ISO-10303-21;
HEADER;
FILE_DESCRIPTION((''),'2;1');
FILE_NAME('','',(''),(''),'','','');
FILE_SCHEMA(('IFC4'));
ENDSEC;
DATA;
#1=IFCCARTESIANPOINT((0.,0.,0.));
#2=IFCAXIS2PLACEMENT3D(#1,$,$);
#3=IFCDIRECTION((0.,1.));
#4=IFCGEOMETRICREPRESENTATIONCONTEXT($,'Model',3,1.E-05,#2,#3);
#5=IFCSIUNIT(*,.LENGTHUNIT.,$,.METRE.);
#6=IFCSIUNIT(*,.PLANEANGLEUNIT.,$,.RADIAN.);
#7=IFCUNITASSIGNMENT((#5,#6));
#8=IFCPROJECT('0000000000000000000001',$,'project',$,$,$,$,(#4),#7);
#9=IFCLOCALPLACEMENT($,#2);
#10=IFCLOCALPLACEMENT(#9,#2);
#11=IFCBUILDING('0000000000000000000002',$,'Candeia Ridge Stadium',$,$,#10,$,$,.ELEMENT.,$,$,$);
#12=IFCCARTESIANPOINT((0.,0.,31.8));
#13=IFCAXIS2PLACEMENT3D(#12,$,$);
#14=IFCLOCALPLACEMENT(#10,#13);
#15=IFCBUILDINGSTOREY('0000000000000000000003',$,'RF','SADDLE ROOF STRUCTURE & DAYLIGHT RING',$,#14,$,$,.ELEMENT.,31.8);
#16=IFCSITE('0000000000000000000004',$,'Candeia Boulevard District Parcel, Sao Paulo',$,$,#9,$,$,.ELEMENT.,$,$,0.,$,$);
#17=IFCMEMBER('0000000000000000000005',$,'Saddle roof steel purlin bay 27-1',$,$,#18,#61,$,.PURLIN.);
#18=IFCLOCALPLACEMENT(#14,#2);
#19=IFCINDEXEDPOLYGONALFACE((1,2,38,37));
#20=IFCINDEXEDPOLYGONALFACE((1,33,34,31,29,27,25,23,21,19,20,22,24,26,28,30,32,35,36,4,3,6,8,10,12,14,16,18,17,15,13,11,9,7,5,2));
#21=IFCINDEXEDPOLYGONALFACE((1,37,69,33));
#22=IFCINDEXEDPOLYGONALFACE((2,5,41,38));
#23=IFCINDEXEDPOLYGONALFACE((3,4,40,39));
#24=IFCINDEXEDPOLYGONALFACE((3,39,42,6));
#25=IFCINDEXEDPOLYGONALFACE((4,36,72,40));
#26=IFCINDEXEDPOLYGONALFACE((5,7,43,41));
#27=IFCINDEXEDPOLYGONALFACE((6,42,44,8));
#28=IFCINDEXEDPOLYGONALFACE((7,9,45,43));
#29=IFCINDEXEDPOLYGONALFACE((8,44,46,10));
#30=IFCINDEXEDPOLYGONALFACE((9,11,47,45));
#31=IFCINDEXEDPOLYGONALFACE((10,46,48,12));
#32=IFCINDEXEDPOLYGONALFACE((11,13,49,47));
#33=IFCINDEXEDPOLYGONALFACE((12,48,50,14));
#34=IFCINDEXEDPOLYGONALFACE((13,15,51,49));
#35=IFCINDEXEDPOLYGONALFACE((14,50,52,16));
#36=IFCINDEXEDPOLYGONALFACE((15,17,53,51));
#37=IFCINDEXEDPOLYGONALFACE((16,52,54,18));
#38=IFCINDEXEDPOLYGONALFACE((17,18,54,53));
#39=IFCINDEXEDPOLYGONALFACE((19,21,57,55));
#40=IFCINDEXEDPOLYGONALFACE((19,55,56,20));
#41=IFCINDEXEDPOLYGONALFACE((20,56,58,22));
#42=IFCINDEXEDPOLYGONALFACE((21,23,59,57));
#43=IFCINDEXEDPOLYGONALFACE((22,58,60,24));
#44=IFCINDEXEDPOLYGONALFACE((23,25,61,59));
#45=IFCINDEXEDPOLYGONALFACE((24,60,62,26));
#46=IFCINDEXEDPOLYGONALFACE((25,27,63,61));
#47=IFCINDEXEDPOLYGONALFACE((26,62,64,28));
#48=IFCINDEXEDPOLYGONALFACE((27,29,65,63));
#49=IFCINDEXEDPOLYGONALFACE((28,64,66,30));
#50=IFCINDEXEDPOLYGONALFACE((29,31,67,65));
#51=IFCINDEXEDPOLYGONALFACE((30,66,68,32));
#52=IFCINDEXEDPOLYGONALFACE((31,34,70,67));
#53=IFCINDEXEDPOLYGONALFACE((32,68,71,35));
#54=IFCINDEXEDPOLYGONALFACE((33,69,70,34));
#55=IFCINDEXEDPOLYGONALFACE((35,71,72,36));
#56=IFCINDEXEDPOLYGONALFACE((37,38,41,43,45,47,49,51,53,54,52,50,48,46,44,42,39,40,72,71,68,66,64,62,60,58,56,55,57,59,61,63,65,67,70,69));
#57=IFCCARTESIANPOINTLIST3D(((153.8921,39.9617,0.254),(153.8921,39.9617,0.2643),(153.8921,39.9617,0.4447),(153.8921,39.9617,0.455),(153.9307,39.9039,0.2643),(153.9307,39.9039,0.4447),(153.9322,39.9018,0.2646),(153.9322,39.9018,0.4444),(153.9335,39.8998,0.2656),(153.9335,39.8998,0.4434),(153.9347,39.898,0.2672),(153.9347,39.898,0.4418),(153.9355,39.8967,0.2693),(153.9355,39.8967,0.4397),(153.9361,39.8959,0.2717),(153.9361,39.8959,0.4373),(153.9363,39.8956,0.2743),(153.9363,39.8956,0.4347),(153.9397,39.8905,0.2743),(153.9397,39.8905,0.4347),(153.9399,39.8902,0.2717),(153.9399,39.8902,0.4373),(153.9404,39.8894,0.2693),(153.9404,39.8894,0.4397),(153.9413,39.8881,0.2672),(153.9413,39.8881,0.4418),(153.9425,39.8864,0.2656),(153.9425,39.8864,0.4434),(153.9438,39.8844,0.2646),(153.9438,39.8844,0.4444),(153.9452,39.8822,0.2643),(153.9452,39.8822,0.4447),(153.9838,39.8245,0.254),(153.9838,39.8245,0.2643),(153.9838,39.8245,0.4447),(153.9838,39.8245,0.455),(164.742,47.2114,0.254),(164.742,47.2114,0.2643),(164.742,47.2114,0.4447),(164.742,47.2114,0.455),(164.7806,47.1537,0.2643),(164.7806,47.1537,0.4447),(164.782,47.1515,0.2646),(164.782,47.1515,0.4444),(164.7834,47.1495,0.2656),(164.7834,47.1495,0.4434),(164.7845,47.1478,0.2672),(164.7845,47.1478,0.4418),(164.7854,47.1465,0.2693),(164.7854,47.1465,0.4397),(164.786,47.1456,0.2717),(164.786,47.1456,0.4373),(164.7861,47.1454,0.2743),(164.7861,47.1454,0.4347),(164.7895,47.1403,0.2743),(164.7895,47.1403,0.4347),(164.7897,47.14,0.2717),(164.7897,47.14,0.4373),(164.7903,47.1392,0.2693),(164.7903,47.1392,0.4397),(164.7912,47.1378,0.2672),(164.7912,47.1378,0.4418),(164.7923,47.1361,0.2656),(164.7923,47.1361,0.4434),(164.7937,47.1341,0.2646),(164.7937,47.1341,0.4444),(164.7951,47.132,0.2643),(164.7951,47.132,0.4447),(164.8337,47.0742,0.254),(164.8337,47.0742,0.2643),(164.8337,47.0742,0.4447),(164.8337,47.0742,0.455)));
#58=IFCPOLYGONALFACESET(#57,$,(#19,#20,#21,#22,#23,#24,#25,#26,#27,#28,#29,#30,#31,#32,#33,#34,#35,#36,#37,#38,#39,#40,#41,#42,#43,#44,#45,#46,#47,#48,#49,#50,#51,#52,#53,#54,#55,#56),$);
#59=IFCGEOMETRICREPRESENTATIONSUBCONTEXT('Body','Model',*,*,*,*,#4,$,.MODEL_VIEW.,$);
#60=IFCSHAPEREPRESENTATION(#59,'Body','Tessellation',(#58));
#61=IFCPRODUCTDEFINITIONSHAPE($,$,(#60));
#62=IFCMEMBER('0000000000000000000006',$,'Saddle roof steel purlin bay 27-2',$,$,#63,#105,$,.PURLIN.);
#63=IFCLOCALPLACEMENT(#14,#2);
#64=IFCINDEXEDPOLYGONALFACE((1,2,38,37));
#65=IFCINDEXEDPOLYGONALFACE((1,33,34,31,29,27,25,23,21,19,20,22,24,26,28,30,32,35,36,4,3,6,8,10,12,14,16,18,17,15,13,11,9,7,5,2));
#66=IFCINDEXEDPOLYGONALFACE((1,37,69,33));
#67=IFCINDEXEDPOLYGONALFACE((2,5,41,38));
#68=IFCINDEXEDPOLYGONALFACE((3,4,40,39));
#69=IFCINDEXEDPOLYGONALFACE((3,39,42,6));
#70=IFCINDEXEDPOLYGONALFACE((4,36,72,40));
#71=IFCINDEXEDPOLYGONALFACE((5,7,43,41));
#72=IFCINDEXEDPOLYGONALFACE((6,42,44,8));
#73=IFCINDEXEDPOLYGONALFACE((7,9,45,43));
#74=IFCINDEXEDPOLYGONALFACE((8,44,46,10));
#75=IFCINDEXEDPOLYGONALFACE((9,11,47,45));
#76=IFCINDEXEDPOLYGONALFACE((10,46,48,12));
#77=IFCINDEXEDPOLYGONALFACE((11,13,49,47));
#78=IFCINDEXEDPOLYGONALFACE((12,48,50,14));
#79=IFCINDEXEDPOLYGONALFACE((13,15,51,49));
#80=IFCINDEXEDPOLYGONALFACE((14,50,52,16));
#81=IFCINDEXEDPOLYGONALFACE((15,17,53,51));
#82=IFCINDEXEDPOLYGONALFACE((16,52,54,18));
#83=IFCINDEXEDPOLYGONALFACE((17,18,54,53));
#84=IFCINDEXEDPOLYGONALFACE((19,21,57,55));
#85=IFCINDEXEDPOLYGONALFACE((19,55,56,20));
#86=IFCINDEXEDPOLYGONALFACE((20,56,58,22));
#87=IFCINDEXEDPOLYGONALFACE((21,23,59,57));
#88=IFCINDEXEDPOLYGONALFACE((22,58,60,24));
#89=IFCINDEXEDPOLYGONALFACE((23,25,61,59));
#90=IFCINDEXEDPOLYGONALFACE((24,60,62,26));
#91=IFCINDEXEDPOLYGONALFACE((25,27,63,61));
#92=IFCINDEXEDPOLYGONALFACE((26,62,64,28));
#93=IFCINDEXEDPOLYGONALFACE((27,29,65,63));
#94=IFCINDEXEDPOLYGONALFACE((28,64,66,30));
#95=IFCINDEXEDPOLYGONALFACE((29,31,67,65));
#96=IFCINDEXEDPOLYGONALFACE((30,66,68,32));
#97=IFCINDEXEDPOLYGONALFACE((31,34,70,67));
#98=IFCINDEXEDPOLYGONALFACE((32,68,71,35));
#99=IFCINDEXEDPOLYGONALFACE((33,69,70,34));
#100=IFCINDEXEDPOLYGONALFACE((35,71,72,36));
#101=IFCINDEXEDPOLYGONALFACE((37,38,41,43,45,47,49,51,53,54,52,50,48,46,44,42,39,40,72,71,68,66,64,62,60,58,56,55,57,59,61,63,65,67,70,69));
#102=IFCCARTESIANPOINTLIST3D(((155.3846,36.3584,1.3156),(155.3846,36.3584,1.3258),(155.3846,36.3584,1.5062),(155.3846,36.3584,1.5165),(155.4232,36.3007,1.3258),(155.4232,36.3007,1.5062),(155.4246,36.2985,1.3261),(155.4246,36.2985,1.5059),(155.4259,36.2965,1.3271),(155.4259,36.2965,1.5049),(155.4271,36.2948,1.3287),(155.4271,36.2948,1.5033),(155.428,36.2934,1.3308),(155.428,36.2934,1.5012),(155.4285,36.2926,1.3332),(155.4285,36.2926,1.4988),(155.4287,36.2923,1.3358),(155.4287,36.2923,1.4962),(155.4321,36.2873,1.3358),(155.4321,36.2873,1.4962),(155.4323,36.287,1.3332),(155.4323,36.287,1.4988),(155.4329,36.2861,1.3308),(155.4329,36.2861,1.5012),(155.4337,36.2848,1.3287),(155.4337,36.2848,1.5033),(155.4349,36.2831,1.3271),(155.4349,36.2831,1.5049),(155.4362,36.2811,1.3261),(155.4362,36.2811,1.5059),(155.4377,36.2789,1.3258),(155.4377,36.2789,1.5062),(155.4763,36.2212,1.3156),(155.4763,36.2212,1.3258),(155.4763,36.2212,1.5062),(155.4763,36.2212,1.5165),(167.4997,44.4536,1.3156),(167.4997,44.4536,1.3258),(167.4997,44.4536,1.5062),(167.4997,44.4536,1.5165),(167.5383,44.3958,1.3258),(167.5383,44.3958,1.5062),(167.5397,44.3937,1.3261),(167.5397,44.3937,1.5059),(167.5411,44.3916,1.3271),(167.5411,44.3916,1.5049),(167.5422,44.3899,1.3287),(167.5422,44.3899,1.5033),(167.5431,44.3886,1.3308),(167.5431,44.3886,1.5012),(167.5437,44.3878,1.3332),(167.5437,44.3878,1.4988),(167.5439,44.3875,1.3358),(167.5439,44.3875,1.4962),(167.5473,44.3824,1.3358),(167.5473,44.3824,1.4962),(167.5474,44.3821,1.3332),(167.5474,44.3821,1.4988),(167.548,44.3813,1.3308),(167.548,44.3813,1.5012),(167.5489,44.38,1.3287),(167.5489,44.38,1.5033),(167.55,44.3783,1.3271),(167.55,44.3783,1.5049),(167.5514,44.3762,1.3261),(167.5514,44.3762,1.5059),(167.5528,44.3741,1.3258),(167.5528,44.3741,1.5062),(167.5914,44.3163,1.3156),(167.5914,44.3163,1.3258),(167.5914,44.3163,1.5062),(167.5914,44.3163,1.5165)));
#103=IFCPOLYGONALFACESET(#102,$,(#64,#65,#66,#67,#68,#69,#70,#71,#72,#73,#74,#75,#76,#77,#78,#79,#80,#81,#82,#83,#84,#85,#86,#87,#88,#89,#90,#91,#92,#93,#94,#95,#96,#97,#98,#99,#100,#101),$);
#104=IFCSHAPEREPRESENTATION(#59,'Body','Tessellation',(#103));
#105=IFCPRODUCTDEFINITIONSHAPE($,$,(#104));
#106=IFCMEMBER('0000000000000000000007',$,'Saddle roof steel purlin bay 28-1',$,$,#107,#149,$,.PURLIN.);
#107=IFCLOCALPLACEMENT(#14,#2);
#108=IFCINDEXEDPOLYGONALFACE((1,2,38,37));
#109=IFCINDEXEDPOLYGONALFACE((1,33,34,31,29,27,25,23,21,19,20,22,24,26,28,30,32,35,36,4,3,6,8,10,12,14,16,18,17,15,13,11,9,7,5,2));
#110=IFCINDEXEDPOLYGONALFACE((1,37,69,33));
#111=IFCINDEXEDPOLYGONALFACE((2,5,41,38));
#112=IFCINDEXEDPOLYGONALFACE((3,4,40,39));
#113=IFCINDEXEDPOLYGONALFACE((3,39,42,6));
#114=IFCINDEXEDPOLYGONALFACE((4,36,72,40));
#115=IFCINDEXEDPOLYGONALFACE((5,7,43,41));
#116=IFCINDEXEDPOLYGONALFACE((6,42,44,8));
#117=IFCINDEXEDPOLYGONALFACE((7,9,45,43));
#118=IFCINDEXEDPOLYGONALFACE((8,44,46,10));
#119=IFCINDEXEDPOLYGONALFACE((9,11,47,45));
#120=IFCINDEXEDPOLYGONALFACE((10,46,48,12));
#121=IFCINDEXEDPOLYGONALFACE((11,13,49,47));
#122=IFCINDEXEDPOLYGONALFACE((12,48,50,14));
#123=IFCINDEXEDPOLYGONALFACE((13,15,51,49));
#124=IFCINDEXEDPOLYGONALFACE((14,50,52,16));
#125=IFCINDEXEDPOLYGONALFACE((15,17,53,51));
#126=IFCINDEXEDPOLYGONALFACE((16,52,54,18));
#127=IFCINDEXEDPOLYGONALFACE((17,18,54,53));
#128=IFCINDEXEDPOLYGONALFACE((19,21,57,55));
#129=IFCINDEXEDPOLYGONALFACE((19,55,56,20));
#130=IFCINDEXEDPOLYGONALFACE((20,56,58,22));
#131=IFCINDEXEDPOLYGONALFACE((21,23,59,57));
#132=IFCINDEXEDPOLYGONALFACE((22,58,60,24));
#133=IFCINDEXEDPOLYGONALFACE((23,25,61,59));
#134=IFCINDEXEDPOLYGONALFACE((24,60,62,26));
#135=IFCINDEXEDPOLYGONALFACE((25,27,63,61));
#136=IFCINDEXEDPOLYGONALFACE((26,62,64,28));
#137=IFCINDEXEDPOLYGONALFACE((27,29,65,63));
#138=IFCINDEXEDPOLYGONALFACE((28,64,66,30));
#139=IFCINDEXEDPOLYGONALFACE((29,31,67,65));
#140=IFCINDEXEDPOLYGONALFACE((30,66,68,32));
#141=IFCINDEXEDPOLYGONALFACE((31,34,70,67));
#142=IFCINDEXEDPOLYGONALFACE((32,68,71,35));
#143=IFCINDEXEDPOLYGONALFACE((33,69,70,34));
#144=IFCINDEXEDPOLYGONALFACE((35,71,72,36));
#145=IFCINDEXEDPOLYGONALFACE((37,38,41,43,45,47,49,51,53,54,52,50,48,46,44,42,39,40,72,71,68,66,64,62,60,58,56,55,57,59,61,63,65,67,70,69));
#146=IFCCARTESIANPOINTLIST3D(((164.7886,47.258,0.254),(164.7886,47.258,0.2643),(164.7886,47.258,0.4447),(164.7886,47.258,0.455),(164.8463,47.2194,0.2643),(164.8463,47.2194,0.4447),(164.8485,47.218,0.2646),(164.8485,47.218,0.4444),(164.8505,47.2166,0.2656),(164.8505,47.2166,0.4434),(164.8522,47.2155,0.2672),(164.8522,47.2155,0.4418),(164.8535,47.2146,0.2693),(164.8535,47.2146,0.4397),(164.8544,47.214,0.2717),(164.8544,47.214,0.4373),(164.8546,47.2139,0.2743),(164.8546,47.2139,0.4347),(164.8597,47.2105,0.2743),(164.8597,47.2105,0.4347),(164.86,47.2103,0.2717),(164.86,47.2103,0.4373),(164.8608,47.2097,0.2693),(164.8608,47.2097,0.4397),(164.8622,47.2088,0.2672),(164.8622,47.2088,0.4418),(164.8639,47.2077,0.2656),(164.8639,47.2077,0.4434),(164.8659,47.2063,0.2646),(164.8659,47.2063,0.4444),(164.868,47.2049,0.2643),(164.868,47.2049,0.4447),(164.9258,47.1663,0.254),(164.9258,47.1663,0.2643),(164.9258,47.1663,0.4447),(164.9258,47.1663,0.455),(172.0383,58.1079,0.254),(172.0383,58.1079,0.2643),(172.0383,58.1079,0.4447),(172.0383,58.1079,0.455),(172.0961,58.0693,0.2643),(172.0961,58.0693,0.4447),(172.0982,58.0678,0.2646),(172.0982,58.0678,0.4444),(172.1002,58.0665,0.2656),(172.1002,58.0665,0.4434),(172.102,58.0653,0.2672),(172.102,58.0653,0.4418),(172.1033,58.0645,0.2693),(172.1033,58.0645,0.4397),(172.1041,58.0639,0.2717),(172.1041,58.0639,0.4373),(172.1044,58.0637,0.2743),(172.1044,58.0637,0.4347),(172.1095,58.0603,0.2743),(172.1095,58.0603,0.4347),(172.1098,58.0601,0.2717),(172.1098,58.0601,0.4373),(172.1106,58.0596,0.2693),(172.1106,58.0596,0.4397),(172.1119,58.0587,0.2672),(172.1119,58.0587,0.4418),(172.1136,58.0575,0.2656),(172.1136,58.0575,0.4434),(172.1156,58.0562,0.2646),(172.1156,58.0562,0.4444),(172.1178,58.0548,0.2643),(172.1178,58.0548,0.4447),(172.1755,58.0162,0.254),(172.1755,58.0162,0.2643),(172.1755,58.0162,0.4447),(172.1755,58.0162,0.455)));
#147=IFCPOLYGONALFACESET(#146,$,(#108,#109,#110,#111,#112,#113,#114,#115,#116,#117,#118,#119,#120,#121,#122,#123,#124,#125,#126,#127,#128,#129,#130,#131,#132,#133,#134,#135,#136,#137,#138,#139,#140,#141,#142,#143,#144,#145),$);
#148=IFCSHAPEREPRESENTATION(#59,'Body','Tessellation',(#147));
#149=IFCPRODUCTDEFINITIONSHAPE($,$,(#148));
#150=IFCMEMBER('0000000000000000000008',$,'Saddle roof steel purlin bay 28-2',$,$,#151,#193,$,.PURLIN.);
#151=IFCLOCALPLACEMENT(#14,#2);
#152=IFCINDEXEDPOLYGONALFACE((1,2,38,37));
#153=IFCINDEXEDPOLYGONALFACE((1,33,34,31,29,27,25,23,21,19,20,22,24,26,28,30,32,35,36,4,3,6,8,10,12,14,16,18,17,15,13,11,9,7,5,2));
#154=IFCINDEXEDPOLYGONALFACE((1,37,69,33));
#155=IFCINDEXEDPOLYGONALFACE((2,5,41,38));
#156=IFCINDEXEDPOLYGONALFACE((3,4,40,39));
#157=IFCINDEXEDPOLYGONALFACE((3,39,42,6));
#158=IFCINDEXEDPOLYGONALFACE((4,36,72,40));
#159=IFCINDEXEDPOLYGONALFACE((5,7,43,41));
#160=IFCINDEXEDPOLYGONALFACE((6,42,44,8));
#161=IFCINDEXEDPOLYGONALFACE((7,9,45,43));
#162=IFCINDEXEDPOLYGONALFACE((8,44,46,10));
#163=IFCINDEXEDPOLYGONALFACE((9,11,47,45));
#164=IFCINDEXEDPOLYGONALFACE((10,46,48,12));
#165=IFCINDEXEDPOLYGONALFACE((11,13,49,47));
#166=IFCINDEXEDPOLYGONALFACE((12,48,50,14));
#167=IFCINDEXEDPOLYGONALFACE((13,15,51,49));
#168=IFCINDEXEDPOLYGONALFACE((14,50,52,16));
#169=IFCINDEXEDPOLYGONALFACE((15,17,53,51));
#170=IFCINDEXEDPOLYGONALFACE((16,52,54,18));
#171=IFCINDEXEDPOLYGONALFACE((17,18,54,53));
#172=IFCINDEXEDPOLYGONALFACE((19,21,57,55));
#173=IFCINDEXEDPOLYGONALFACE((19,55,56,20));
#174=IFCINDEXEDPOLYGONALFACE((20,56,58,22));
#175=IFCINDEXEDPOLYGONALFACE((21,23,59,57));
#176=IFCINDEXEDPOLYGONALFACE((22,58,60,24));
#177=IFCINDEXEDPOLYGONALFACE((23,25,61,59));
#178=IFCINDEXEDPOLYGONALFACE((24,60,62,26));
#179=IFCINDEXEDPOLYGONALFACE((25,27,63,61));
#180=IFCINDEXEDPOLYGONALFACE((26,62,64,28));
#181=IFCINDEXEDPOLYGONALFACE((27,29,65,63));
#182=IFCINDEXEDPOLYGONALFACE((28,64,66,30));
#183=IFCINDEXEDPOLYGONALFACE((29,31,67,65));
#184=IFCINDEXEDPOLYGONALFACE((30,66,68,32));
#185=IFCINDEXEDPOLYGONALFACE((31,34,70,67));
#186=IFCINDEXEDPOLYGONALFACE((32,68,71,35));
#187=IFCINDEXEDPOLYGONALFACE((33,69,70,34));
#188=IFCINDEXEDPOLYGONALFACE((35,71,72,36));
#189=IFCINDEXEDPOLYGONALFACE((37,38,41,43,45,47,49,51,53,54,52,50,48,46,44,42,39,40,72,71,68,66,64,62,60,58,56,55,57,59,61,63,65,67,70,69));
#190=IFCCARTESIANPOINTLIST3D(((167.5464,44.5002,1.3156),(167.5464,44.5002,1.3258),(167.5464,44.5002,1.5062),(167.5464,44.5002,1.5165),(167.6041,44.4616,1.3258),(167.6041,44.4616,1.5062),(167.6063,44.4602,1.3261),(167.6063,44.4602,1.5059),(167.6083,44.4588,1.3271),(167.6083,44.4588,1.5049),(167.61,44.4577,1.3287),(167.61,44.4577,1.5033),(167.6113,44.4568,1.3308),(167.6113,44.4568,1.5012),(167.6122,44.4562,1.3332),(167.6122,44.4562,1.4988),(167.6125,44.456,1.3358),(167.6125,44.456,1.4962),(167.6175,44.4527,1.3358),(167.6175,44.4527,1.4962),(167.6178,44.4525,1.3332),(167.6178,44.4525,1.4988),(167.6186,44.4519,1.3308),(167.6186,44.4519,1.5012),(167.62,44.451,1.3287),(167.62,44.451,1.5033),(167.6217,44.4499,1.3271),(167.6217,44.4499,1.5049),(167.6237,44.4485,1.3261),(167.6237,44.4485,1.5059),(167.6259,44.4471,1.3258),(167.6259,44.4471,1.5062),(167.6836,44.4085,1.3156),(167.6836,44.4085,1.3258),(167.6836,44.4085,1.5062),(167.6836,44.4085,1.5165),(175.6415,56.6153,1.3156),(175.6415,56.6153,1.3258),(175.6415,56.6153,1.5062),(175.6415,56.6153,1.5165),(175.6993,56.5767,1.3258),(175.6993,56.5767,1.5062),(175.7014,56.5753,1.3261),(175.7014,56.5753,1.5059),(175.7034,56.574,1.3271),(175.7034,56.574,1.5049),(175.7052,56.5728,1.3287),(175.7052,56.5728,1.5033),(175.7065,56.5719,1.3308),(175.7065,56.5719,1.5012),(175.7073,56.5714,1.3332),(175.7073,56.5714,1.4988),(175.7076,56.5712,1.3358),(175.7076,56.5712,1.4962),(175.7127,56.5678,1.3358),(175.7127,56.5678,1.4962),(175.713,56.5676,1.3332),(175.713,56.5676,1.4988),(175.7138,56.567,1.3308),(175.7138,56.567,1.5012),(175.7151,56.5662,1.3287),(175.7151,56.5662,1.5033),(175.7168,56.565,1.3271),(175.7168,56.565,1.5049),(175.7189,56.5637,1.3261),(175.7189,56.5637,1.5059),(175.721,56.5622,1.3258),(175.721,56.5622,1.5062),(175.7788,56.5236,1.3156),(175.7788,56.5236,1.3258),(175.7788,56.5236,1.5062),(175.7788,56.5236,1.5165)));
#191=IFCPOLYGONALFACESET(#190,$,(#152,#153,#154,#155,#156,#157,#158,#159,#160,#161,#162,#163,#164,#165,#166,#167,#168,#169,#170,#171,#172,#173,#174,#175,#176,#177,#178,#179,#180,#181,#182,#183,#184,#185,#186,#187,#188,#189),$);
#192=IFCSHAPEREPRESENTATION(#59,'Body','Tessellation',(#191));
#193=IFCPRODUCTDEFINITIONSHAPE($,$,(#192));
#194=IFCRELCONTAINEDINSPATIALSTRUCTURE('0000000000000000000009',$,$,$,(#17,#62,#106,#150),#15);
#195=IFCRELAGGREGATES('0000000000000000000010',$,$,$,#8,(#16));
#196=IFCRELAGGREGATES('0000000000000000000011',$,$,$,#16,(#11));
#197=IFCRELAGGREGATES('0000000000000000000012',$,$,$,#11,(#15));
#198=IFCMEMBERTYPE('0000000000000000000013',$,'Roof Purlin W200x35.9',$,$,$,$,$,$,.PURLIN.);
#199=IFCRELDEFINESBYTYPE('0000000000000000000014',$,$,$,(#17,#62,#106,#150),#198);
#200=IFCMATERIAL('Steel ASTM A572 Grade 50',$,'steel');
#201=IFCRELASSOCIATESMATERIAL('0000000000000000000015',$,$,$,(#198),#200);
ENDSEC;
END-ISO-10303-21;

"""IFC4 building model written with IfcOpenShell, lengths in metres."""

from ifc_helpers import new_model, si_unit, direction, frame, origin, origin_2d, place, context, subcontext, project, spatial, i_section, extrude, material, material_profile, profile_set, type_object, element, save


model = new_model("IFC4")

# Units and contexts
model_context = context("Model", 3, precision=1e-05, world=origin(), true_north=direction((0.0, 1.0)))
body_context = subcontext(model_context, "Body", "Model", "MODEL_VIEW")
ifc_project = project(units=[si_unit("LENGTHUNIT", "METRE"), si_unit("PLANEANGLEUNIT", "RADIAN")], contexts=[model_context])

# Site, building, storey
site_placement = place(None, origin())
site = spatial("IfcSite", under=ifc_project, at=site_placement, Name="Candeia Boulevard District Parcel, Sao Paulo", CompositionType="ELEMENT", RefElevation=0.0)
building_placement = place(site_placement, origin())
building = spatial("IfcBuilding", under=site, at=building_placement, Name="Candeia Ridge Stadium", CompositionType="ELEMENT")
storey_placement = place(building_placement, frame((0.0, 0.0, 31.8)))
storey = spatial("IfcBuildingStorey", under=building, at=storey_placement, Name="RF", Description="SADDLE ROOF STRUCTURE & DAYLIGHT RING", CompositionType="ELEMENT", Elevation=31.8)

# Shared definitions
ifc_material_1 = material(Name="Steel ASTM A572 Grade 50", Category="steel")

# Members
ifc_material_profile_1 = material_profile(ifc_material_1, i_section(OverallWidth=0.165, OverallDepth=0.2009, WebThickness=0.0061, FlangeThickness=0.0103, FilletRadius=0.01, at=origin_2d()), Name="W200x35.9", Category="steel")
ifc_profile_set_1 = profile_set([ifc_material_profile_1], Name="Steel ASTM A572 Grade 50")
member_type_1 = type_object("IfcMemberType", Name="Roof Purlin W200x35.9", PredefinedType="PURLIN", material=ifc_profile_set_1)
member_1_placement = place(storey_placement, frame((153.938, 39.8931, 0.3545), z_axis=(0.831466, 0.555576, 0.0), x_axis=(-0.555576, 0.831466, 0.0)))
element("IfcMember", 1, at=member_1_placement, inside=storey, type_object=member_type_1, Name="Saddle roof steel purlin bay 27-1", PredefinedType="PURLIN", context=body_context, shape_type="SweptSolid", body=[
    extrude(i_section(OverallWidth=0.165, OverallDepth=0.2009, WebThickness=0.0061, FlangeThickness=0.0103, FilletRadius=0.01, at=origin_2d()), origin(), (0.0, 0.0, 1.0), 13.0491),
])
member_2_placement = place(storey_placement, frame((155.4304, 36.2898, 1.416), z_axis=(0.831467, 0.555574, 0.0), x_axis=(-0.555574, 0.831467, 0.0)))
element("IfcMember", 2, at=member_2_placement, inside=storey, type_object=member_type_1, Name="Saddle roof steel purlin bay 27-2", PredefinedType="PURLIN", context=body_context, shape_type="SweptSolid", body=[
    extrude(i_section(OverallWidth=0.165, OverallDepth=0.2009, WebThickness=0.0061, FlangeThickness=0.0103, FilletRadius=0.01, at=origin_2d()), origin(), (0.0, 0.0, 1.0), 14.5708),
])
member_3_placement = place(storey_placement, frame((164.8572, 47.2122, 0.3545), z_axis=(0.555576, 0.831466, 0.0), x_axis=(-0.831466, 0.555576, 0.0)))
element("IfcMember", 3, at=member_3_placement, inside=storey, type_object=member_type_1, Name="Saddle roof steel purlin bay 28-1", PredefinedType="PURLIN", context=body_context, shape_type="SweptSolid", body=[
    extrude(i_section(OverallWidth=0.165, OverallDepth=0.2009, WebThickness=0.0061, FlangeThickness=0.0103, FilletRadius=0.01, at=origin_2d()), origin(), (0.0, 0.0, 1.0), 13.0491),
])
member_4_placement = place(storey_placement, frame((167.615, 44.4543, 1.416), z_axis=(0.555574, 0.831467, 0.0), x_axis=(-0.831467, 0.555574, 0.0)))
element("IfcMember", 4, at=member_4_placement, inside=storey, type_object=member_type_1, Name="Saddle roof steel purlin bay 28-2", PredefinedType="PURLIN", context=body_context, shape_type="SweptSolid", body=[
    extrude(i_section(OverallWidth=0.165, OverallDepth=0.2009, WebThickness=0.0061, FlangeThickness=0.0103, FilletRadius=0.01, at=origin_2d()), origin(), (0.0, 0.0, 1.0), 14.5708),
])

save(model, "model.ifc")
